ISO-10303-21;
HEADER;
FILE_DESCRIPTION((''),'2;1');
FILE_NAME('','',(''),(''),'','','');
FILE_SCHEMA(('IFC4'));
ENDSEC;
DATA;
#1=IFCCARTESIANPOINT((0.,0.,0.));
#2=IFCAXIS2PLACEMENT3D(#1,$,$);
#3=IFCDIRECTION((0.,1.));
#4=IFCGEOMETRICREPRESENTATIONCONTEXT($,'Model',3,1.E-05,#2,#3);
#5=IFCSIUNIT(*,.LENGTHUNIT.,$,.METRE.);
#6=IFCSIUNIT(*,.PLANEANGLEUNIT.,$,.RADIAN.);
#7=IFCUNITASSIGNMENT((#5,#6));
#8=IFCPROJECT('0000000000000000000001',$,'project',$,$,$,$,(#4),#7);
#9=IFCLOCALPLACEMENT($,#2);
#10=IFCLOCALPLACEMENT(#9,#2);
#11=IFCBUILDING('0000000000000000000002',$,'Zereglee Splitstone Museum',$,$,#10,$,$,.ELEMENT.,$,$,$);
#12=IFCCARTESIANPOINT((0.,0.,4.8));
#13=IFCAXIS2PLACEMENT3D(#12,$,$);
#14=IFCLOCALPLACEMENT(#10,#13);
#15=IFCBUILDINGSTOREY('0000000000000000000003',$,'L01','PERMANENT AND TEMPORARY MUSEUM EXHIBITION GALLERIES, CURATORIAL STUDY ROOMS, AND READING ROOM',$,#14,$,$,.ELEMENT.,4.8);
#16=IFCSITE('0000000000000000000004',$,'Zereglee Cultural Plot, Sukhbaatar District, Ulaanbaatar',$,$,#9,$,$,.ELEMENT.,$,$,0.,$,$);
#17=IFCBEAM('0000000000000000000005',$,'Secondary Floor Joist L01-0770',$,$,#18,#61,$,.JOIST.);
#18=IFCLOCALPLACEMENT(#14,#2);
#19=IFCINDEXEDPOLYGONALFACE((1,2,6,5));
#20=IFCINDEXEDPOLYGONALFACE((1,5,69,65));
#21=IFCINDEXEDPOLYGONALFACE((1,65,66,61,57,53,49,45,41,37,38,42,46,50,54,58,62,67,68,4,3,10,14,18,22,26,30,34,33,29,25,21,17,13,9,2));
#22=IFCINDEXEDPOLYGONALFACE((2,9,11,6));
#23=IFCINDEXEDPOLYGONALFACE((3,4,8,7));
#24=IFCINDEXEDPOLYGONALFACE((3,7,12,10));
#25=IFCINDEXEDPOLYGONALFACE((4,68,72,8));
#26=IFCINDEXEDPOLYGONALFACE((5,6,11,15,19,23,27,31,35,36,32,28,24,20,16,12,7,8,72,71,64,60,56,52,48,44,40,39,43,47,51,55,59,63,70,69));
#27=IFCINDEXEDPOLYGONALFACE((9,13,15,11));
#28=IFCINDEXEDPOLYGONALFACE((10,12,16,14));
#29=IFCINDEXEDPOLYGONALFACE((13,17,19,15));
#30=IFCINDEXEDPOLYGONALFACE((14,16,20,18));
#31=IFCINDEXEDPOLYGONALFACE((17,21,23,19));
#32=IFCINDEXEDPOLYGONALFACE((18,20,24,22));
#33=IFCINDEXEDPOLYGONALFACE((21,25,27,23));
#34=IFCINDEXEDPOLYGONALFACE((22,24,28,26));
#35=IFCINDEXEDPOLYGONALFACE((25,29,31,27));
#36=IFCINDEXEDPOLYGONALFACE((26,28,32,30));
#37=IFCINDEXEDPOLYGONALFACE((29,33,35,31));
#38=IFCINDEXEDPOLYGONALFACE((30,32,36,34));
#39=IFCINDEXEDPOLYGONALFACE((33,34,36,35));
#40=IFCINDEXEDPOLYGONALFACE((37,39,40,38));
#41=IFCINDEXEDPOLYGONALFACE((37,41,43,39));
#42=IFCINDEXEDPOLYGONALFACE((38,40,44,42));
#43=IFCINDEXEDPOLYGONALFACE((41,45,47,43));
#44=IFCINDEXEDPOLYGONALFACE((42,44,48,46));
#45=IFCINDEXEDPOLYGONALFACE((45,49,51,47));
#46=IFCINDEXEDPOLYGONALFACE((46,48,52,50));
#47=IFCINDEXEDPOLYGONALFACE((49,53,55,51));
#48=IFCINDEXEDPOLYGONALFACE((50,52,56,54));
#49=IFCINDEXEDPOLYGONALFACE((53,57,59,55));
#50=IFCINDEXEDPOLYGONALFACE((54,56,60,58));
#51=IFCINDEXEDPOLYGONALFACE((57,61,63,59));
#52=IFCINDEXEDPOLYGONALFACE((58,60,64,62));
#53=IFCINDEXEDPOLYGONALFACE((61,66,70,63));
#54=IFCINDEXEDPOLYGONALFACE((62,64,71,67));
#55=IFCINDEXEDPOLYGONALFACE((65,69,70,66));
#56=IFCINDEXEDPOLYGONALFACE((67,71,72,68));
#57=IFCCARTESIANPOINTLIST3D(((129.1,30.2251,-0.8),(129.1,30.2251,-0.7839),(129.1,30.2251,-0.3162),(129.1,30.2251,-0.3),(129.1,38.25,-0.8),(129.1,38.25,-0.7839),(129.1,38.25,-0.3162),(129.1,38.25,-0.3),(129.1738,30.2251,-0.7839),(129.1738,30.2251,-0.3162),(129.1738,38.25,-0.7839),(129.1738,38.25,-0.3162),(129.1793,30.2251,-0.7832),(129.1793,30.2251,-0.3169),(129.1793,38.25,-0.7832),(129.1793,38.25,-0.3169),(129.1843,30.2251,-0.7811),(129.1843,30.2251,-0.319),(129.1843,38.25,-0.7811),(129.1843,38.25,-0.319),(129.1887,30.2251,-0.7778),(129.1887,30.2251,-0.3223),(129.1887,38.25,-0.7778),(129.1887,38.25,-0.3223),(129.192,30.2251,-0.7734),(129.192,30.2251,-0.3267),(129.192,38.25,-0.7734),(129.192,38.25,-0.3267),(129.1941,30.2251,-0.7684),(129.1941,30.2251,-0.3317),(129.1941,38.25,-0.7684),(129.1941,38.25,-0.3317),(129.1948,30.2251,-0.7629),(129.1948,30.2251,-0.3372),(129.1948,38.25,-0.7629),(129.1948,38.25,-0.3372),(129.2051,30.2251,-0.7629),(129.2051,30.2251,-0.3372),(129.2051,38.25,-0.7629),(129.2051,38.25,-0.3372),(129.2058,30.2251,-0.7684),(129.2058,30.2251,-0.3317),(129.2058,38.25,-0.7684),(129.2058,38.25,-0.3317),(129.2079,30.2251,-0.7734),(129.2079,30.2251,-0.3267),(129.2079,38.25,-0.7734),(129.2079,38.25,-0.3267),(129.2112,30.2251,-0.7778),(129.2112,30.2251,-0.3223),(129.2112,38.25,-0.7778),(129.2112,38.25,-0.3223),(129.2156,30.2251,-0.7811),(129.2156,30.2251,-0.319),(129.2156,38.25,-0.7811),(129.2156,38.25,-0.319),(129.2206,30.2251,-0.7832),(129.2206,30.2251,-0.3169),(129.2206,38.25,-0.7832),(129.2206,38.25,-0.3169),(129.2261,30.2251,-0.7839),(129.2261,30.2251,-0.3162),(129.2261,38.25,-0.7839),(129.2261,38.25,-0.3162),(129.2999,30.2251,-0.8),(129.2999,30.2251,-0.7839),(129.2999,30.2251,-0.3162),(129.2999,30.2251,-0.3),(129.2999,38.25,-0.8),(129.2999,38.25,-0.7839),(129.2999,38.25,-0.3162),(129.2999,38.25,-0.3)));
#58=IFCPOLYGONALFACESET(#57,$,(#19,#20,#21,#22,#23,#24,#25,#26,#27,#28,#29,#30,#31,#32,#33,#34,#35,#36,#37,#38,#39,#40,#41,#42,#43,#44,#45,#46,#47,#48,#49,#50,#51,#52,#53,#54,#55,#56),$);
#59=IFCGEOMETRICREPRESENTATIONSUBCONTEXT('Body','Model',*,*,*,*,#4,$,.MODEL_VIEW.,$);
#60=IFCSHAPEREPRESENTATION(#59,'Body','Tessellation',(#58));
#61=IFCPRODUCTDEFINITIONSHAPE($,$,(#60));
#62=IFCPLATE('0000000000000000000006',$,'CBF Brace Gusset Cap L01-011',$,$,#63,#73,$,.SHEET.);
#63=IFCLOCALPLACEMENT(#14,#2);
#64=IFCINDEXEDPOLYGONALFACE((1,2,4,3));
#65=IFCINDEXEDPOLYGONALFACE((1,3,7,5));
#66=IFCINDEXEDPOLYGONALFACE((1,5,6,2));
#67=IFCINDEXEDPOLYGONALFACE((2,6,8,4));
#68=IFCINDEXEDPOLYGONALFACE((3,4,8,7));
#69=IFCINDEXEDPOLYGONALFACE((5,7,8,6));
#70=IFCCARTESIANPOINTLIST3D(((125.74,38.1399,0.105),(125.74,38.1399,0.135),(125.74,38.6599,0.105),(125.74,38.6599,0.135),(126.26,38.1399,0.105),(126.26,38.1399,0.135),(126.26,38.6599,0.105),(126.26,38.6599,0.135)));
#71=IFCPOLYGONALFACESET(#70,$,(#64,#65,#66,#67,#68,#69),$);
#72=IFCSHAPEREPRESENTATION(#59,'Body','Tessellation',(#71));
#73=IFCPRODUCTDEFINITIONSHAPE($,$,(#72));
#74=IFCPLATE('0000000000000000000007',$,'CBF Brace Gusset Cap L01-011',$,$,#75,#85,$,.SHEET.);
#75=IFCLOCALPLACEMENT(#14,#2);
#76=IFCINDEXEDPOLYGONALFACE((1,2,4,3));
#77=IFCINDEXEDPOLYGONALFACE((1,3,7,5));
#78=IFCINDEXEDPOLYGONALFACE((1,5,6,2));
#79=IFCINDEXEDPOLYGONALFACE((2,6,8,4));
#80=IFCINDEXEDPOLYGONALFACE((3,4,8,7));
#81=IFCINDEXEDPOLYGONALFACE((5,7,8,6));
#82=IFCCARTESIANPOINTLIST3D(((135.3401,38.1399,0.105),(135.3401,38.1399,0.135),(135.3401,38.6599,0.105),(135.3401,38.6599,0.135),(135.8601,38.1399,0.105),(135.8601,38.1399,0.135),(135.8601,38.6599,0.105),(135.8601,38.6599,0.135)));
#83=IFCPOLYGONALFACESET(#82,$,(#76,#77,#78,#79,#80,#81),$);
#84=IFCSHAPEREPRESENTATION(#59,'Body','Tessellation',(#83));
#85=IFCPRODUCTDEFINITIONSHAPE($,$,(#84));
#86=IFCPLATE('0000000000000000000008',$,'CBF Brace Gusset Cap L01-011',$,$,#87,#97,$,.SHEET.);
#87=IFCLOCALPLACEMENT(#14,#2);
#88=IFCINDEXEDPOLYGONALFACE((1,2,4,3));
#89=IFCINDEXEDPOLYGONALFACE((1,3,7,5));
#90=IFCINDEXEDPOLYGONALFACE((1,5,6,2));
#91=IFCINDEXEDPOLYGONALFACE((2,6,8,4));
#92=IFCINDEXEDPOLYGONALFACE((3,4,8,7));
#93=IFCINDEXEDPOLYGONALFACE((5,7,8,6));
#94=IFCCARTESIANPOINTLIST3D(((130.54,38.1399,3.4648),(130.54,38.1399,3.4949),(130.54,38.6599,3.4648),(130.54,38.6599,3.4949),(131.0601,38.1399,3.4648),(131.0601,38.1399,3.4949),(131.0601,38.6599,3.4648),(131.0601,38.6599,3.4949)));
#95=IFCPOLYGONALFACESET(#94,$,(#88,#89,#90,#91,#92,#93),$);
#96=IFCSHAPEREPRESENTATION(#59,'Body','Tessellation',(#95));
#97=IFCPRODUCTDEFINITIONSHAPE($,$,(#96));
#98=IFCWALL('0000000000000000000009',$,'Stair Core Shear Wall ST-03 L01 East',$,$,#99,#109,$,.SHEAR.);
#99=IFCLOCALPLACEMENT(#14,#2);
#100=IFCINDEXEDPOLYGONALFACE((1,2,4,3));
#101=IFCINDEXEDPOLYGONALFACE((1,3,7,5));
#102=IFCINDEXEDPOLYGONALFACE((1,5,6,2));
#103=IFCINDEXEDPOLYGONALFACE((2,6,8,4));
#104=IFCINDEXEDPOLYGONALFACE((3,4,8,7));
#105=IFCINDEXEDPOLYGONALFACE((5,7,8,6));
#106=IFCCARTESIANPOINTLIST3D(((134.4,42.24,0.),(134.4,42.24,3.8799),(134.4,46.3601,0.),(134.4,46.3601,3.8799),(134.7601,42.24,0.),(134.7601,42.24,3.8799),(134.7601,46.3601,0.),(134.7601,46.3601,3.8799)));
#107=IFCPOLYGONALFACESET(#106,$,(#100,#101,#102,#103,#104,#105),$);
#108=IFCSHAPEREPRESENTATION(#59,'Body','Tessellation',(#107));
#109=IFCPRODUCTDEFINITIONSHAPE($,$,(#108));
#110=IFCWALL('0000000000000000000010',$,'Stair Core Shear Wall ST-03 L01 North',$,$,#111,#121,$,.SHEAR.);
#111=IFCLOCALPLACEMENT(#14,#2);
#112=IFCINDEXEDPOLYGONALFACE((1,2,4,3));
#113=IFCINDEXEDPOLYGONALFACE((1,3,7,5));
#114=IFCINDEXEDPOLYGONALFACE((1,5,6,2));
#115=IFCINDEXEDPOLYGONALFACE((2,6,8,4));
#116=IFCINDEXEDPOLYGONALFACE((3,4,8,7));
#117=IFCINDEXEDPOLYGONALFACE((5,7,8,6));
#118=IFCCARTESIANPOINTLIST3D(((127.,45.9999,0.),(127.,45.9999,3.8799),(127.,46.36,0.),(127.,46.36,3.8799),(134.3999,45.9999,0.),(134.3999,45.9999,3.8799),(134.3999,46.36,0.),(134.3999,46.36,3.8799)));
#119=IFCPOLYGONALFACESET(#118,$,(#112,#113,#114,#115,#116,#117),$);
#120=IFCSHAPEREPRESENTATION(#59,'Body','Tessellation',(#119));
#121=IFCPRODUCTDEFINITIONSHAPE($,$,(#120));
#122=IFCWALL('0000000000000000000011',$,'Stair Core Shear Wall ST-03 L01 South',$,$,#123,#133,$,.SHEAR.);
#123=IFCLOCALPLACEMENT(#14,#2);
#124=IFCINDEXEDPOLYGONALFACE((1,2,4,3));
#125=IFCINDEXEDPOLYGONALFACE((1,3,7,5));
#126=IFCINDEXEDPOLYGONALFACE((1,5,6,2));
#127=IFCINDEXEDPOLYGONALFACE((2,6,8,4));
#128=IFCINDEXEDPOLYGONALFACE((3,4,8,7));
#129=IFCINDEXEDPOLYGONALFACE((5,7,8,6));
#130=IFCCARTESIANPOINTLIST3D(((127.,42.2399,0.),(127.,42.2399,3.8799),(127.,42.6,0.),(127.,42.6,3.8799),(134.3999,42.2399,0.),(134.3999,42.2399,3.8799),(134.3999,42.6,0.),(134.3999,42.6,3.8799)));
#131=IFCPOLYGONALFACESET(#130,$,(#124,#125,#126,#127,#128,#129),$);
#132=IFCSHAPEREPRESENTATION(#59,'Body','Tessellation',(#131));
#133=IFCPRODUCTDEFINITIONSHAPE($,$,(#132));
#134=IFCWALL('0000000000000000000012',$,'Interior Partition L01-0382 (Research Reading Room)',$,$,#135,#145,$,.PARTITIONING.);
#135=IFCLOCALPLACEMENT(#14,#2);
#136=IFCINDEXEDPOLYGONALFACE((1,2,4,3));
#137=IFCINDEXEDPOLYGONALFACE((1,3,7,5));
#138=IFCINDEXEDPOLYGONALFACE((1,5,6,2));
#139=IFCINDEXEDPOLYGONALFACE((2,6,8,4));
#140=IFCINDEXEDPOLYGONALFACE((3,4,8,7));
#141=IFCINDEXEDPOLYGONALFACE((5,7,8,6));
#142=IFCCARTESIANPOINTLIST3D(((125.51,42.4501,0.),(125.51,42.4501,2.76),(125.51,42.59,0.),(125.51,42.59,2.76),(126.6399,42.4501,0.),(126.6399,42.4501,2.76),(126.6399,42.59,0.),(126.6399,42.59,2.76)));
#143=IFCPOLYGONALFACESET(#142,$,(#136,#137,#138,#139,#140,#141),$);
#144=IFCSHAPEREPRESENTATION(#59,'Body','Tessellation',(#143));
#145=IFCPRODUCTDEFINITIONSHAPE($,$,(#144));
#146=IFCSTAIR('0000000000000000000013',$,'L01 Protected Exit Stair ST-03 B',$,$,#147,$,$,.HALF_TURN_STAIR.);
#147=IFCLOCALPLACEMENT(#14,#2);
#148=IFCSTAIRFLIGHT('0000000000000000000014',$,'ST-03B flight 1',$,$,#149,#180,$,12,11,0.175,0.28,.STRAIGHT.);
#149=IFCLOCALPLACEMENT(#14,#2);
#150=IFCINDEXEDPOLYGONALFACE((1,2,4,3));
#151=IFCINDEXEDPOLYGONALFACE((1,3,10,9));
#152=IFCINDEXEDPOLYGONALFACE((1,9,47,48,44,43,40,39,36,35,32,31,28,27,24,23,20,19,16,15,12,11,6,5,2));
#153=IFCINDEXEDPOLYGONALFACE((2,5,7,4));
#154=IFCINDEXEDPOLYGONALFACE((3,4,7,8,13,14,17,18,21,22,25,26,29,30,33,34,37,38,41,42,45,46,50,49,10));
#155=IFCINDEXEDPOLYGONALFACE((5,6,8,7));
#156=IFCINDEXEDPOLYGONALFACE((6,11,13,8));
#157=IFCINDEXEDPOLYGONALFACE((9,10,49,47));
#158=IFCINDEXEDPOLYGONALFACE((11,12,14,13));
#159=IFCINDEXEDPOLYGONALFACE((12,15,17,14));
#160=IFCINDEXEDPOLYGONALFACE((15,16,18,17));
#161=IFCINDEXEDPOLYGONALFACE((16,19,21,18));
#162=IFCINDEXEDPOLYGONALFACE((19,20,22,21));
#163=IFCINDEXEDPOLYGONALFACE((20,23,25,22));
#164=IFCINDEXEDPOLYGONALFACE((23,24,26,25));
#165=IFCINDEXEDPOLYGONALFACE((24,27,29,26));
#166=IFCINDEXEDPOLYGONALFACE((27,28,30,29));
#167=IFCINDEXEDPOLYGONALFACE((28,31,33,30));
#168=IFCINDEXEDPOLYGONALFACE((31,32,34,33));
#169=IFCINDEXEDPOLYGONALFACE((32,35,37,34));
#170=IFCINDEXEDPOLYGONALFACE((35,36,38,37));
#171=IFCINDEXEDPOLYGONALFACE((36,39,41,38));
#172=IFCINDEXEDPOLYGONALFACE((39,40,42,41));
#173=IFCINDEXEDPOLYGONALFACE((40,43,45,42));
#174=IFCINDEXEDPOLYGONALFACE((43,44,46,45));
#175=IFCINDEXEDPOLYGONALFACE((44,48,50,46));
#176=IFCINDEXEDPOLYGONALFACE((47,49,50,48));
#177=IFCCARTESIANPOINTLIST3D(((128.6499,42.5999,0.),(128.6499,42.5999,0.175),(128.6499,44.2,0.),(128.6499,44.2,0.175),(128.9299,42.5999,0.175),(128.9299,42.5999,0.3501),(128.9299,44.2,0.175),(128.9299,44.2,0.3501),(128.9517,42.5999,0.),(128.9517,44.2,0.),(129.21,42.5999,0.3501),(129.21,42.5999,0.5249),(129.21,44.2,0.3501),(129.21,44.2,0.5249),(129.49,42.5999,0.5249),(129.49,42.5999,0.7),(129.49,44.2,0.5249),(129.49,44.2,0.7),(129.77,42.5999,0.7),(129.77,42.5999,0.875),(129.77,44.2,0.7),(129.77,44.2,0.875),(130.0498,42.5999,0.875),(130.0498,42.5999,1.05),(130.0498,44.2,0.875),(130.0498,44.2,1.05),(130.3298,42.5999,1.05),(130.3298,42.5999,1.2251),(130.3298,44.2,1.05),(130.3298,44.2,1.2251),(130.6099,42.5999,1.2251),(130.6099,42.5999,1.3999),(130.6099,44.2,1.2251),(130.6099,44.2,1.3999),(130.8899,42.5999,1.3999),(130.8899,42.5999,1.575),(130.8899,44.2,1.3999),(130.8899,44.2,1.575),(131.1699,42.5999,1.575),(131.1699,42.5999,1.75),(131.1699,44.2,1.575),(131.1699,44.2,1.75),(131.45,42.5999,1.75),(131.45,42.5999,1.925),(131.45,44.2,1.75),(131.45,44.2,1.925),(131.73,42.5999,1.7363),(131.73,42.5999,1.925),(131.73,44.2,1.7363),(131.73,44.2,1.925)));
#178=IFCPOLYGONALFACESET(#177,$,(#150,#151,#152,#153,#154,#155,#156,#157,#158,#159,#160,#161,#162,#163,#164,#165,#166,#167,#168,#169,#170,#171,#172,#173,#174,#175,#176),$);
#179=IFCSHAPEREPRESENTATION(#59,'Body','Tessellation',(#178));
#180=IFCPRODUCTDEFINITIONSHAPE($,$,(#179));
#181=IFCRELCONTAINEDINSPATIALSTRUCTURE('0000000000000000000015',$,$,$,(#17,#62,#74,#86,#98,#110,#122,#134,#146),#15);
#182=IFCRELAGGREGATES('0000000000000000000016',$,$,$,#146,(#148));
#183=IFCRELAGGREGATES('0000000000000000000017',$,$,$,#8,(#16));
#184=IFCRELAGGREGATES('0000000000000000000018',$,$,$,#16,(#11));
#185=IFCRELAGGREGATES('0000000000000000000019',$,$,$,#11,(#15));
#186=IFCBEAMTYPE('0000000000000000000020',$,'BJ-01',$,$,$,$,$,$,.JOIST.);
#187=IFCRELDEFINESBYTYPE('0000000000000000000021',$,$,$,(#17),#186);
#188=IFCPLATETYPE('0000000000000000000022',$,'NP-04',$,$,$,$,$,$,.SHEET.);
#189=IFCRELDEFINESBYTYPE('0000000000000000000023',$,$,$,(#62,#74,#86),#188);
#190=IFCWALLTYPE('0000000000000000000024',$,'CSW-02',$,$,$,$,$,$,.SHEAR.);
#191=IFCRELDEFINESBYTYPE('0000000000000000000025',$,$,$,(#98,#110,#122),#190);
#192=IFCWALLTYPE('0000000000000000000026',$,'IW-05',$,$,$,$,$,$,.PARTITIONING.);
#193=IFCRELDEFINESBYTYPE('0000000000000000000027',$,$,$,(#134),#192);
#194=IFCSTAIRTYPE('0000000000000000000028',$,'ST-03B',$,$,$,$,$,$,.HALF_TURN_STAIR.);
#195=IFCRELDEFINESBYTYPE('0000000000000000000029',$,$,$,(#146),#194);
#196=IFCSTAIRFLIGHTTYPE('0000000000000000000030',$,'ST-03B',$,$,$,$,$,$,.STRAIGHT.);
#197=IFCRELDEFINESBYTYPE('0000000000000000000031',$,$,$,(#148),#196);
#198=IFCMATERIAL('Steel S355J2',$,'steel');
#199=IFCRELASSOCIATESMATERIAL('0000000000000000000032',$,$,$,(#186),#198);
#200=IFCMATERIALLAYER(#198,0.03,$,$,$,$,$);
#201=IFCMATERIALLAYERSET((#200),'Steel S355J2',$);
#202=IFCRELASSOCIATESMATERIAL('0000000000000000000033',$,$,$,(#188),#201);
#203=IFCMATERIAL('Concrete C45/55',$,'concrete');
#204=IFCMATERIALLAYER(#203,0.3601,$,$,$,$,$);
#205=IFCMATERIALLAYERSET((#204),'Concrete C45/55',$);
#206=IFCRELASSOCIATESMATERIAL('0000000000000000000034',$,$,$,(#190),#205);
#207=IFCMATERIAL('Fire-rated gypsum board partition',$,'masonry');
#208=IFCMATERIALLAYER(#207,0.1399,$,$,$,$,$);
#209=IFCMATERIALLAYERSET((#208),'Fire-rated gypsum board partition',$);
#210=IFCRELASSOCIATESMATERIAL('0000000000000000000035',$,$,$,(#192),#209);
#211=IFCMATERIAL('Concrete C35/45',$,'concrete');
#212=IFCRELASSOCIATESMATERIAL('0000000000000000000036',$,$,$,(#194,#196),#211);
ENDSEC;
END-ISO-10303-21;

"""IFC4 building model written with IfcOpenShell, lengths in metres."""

from ifc_helpers import new_model, si_unit, direction, frame, frame_2d, origin, origin_2d, place, context, subcontext, project, spatial, polyline, rectangle, i_section, outline, extrude, material, layer, layer_set, material_profile, profile_set, type_object, element, aggregate, save


model = new_model("IFC4")

# Units and contexts
model_context = context("Model", 3, precision=1e-05, world=origin(), true_north=direction((0.0, 1.0)))
body_context = subcontext(model_context, "Body", "Model", "MODEL_VIEW")
ifc_project = project(units=[si_unit("LENGTHUNIT", "METRE"), si_unit("PLANEANGLEUNIT", "RADIAN")], contexts=[model_context])

# Site, building, storey
site_placement = place(None, origin())
site = spatial("IfcSite", under=ifc_project, at=site_placement, Name="Zereglee Cultural Plot, Sukhbaatar District, Ulaanbaatar", CompositionType="ELEMENT", RefElevation=0.0)
building_placement = place(site_placement, origin())
building = spatial("IfcBuilding", under=site, at=building_placement, Name="Zereglee Splitstone Museum", CompositionType="ELEMENT")
storey_placement = place(building_placement, frame((0.0, 0.0, 4.8)))
storey = spatial("IfcBuildingStorey", under=building, at=storey_placement, Name="L01", Description="PERMANENT AND TEMPORARY MUSEUM EXHIBITION GALLERIES, CURATORIAL STUDY ROOMS, AND READING ROOM", CompositionType="ELEMENT", Elevation=4.8)

# Shared definitions
ifc_material_1 = material(Name="Steel S355J2", Category="steel")

# Beam
ifc_material_profile_1 = material_profile(ifc_material_1, i_section(OverallWidth=0.2, OverallDepth=0.5, WebThickness=0.0103, FlangeThickness=0.0161, FilletRadius=0.021, at=origin_2d()), Name="IPE 500")
ifc_profile_set_1 = profile_set([ifc_material_profile_1], Name="Steel S355J2")
beam_type_1 = type_object("IfcBeamType", Name="BJ-01", PredefinedType="JOIST", material=ifc_profile_set_1)
beam_1_placement = place(storey_placement, frame((129.2, 30.2251, -0.55), z_axis=(0.0, 1.0, 0.0), x_axis=(-1.0, 0.0, 0.0)))
element("IfcBeam", 1, at=beam_1_placement, inside=storey, type_object=beam_type_1, Name="Secondary Floor Joist L01-0770", PredefinedType="JOIST", context=body_context, shape_type="SweptSolid", body=[
    extrude(i_section(OverallWidth=0.2, OverallDepth=0.5, WebThickness=0.0103, FlangeThickness=0.0161, FilletRadius=0.021, at=origin_2d()), origin(), (0.0, 0.0, 1.0), 8.0249),
])

# Plates
ifc_layer_1 = layer(ifc_material_1, 0.03)
ifc_layer_set_1 = layer_set([ifc_layer_1], Name="Steel S355J2")
plate_type = type_object("IfcPlateType", Name="NP-04", PredefinedType="SHEET", material=ifc_layer_set_1)
for number, where, z_axis, x_axis, name in (
    (2, (126.0, 38.3999, 0.105), (0.0, 0.0, 1.0), (1.0, 0.0, 0.0), "CBF Brace Gusset Cap L01-011"),
    (3, (135.6001, 38.3999, 0.105), (0.0, 0.0, 1.0), (1.0, 0.0, 0.0), "CBF Brace Gusset Cap L01-011"),
    (4, (130.8, 38.3999, 3.4648), (0.0, 0.0, 1.0), (1.0, 0.0, 0.0), "CBF Brace Gusset Cap L01-011"),
):
    element("IfcPlate", number, at=place(storey_placement, frame(where, z_axis=z_axis, x_axis=x_axis)), inside=storey, type_object=plate_type, Name=name, PredefinedType="SHEET", context=body_context, shape_type="SweptSolid", body=[
        extrude(rectangle(XDim=0.52, YDim=0.52, at=origin_2d()), origin(), (0.0, 0.0, 1.0), 0.03),
    ])

# Shared definitions
ifc_material_2 = material(Name="Concrete C45/55", Category="concrete")
ifc_layer_2 = layer(ifc_material_2, 0.3601)
ifc_layer_set_2 = layer_set([ifc_layer_2], Name="Concrete C45/55")
wall_type_1 = type_object("IfcWallType", Name="CSW-02", PredefinedType="SHEAR", material=ifc_layer_set_2)

# Walls
wall_1_placement = place(storey_placement, frame((134.5801, 42.24, 0.0), z_axis=(0.0, 0.0, 1.0), x_axis=(0.0, 1.0, 0.0)))
element("IfcWall", 5, at=wall_1_placement, inside=storey, type_object=wall_type_1, Name="Stair Core Shear Wall ST-03 L01 East", PredefinedType="SHEAR", context=body_context, shape_type="SweptSolid", body=[
    extrude(rectangle(XDim=4.1201, YDim=0.3601, at=frame_2d((2.0601, 0.0))), origin(), (0.0, 0.0, 1.0), 3.8799),
])
for number, where, z_axis, x_axis, name in (
    (6, (127.0, 46.1799, 0.0), (0.0, 0.0, 1.0), (1.0, 0.0, 0.0), "Stair Core Shear Wall ST-03 L01 North"),
    (7, (127.0, 42.4199, 0.0), (0.0, 0.0, 1.0), (1.0, 0.0, 0.0), "Stair Core Shear Wall ST-03 L01 South"),
):
    element("IfcWall", number, at=place(storey_placement, frame(where, z_axis=z_axis, x_axis=x_axis)), inside=storey, type_object=wall_type_1, Name=name, PredefinedType="SHEAR", context=body_context, shape_type="SweptSolid", body=[
        extrude(rectangle(XDim=7.3999, YDim=0.3601, at=frame_2d((3.7, 0.0))), origin(), (0.0, 0.0, 1.0), 3.8799),
    ])
ifc_material_3 = material(Name="Fire-rated gypsum board partition", Category="masonry")
ifc_layer_3 = layer(ifc_material_3, 0.1399)
ifc_layer_set_3 = layer_set([ifc_layer_3], Name="Fire-rated gypsum board partition")
wall_type_2 = type_object("IfcWallType", Name="IW-05", PredefinedType="PARTITIONING", material=ifc_layer_set_3)
wall_2_placement = place(storey_placement, frame((125.51, 42.52, 0.0), z_axis=(0.0, 0.0, 1.0), x_axis=(1.0, 0.0, 0.0)))
element("IfcWall", 8, at=wall_2_placement, inside=storey, type_object=wall_type_2, Name="Interior Partition L01-0382 (Research Reading Room)", PredefinedType="PARTITIONING", context=body_context, shape_type="SweptSolid", body=[
    extrude(rectangle(XDim=1.1299, YDim=0.1399, at=frame_2d((0.5649, 0.0))), origin(), (0.0, 0.0, 1.0), 2.76),
])

# Stair, stair flight
ifc_material_4 = material(Name="Concrete C35/45", Category="concrete")
stair_type = type_object("IfcStairType", Name="ST-03B", PredefinedType="HALF_TURN_STAIR", material=ifc_material_4)
stair_placement = place(storey_placement, origin())
stair = element("IfcStair", 9, at=stair_placement, inside=storey, type_object=stair_type, Name="L01 Protected Exit Stair ST-03 B", PredefinedType="HALF_TURN_STAIR")
stair_flight_type = type_object("IfcStairFlightType", Name="ST-03B", PredefinedType="STRAIGHT", material=ifc_material_4)
stair_flight_1_placement = place(storey_placement, frame((128.6499, 43.3999, 0.0), z_axis=(0.0, 0.0, 1.0), x_axis=(1.0, 0.0, 0.0)))
stair_flight_1 = element("IfcStairFlight", 10, at=stair_flight_1_placement, type_object=stair_flight_type, Name="ST-03B flight 1", NumberOfRisers=12, NumberOfTreads=11, PredefinedType="STRAIGHT", RiserHeight=0.175, TreadLength=0.28, context=body_context, shape_type="SweptSolid", body=[
    extrude(outline(polyline([(0.0, 0.0), (0.0, 0.175), (0.28, 0.175), (0.28, 0.3501), (0.5601, 0.3501), (0.5601, 0.5249), (0.8401, 0.5249), (0.8401, 0.7), (1.1201, 0.7), (1.1201, 0.875), (1.3999, 0.875), (1.3999, 1.05), (1.6799, 1.05), (1.6799, 1.2251), (1.96, 1.2251), (1.96, 1.3999), (2.24, 1.3999), (2.24, 1.575), (2.52, 1.575), (2.52, 1.75), (2.8, 1.75), (2.8, 1.925), (3.0801, 1.925), (3.0801, 2.1001), (3.0801, 1.7363), (0.3018, 0.0), (0.0, 0.0)])), frame((0.0, 0.8, 0.0), z_axis=(0.0, -1.0, 0.0), x_axis=(1.0, 0.0, 0.0)), (0.0, 0.0, 1.0), 1.6001),
])
aggregate(stair, [stair_flight_1])

save(model, "model.ifc")
